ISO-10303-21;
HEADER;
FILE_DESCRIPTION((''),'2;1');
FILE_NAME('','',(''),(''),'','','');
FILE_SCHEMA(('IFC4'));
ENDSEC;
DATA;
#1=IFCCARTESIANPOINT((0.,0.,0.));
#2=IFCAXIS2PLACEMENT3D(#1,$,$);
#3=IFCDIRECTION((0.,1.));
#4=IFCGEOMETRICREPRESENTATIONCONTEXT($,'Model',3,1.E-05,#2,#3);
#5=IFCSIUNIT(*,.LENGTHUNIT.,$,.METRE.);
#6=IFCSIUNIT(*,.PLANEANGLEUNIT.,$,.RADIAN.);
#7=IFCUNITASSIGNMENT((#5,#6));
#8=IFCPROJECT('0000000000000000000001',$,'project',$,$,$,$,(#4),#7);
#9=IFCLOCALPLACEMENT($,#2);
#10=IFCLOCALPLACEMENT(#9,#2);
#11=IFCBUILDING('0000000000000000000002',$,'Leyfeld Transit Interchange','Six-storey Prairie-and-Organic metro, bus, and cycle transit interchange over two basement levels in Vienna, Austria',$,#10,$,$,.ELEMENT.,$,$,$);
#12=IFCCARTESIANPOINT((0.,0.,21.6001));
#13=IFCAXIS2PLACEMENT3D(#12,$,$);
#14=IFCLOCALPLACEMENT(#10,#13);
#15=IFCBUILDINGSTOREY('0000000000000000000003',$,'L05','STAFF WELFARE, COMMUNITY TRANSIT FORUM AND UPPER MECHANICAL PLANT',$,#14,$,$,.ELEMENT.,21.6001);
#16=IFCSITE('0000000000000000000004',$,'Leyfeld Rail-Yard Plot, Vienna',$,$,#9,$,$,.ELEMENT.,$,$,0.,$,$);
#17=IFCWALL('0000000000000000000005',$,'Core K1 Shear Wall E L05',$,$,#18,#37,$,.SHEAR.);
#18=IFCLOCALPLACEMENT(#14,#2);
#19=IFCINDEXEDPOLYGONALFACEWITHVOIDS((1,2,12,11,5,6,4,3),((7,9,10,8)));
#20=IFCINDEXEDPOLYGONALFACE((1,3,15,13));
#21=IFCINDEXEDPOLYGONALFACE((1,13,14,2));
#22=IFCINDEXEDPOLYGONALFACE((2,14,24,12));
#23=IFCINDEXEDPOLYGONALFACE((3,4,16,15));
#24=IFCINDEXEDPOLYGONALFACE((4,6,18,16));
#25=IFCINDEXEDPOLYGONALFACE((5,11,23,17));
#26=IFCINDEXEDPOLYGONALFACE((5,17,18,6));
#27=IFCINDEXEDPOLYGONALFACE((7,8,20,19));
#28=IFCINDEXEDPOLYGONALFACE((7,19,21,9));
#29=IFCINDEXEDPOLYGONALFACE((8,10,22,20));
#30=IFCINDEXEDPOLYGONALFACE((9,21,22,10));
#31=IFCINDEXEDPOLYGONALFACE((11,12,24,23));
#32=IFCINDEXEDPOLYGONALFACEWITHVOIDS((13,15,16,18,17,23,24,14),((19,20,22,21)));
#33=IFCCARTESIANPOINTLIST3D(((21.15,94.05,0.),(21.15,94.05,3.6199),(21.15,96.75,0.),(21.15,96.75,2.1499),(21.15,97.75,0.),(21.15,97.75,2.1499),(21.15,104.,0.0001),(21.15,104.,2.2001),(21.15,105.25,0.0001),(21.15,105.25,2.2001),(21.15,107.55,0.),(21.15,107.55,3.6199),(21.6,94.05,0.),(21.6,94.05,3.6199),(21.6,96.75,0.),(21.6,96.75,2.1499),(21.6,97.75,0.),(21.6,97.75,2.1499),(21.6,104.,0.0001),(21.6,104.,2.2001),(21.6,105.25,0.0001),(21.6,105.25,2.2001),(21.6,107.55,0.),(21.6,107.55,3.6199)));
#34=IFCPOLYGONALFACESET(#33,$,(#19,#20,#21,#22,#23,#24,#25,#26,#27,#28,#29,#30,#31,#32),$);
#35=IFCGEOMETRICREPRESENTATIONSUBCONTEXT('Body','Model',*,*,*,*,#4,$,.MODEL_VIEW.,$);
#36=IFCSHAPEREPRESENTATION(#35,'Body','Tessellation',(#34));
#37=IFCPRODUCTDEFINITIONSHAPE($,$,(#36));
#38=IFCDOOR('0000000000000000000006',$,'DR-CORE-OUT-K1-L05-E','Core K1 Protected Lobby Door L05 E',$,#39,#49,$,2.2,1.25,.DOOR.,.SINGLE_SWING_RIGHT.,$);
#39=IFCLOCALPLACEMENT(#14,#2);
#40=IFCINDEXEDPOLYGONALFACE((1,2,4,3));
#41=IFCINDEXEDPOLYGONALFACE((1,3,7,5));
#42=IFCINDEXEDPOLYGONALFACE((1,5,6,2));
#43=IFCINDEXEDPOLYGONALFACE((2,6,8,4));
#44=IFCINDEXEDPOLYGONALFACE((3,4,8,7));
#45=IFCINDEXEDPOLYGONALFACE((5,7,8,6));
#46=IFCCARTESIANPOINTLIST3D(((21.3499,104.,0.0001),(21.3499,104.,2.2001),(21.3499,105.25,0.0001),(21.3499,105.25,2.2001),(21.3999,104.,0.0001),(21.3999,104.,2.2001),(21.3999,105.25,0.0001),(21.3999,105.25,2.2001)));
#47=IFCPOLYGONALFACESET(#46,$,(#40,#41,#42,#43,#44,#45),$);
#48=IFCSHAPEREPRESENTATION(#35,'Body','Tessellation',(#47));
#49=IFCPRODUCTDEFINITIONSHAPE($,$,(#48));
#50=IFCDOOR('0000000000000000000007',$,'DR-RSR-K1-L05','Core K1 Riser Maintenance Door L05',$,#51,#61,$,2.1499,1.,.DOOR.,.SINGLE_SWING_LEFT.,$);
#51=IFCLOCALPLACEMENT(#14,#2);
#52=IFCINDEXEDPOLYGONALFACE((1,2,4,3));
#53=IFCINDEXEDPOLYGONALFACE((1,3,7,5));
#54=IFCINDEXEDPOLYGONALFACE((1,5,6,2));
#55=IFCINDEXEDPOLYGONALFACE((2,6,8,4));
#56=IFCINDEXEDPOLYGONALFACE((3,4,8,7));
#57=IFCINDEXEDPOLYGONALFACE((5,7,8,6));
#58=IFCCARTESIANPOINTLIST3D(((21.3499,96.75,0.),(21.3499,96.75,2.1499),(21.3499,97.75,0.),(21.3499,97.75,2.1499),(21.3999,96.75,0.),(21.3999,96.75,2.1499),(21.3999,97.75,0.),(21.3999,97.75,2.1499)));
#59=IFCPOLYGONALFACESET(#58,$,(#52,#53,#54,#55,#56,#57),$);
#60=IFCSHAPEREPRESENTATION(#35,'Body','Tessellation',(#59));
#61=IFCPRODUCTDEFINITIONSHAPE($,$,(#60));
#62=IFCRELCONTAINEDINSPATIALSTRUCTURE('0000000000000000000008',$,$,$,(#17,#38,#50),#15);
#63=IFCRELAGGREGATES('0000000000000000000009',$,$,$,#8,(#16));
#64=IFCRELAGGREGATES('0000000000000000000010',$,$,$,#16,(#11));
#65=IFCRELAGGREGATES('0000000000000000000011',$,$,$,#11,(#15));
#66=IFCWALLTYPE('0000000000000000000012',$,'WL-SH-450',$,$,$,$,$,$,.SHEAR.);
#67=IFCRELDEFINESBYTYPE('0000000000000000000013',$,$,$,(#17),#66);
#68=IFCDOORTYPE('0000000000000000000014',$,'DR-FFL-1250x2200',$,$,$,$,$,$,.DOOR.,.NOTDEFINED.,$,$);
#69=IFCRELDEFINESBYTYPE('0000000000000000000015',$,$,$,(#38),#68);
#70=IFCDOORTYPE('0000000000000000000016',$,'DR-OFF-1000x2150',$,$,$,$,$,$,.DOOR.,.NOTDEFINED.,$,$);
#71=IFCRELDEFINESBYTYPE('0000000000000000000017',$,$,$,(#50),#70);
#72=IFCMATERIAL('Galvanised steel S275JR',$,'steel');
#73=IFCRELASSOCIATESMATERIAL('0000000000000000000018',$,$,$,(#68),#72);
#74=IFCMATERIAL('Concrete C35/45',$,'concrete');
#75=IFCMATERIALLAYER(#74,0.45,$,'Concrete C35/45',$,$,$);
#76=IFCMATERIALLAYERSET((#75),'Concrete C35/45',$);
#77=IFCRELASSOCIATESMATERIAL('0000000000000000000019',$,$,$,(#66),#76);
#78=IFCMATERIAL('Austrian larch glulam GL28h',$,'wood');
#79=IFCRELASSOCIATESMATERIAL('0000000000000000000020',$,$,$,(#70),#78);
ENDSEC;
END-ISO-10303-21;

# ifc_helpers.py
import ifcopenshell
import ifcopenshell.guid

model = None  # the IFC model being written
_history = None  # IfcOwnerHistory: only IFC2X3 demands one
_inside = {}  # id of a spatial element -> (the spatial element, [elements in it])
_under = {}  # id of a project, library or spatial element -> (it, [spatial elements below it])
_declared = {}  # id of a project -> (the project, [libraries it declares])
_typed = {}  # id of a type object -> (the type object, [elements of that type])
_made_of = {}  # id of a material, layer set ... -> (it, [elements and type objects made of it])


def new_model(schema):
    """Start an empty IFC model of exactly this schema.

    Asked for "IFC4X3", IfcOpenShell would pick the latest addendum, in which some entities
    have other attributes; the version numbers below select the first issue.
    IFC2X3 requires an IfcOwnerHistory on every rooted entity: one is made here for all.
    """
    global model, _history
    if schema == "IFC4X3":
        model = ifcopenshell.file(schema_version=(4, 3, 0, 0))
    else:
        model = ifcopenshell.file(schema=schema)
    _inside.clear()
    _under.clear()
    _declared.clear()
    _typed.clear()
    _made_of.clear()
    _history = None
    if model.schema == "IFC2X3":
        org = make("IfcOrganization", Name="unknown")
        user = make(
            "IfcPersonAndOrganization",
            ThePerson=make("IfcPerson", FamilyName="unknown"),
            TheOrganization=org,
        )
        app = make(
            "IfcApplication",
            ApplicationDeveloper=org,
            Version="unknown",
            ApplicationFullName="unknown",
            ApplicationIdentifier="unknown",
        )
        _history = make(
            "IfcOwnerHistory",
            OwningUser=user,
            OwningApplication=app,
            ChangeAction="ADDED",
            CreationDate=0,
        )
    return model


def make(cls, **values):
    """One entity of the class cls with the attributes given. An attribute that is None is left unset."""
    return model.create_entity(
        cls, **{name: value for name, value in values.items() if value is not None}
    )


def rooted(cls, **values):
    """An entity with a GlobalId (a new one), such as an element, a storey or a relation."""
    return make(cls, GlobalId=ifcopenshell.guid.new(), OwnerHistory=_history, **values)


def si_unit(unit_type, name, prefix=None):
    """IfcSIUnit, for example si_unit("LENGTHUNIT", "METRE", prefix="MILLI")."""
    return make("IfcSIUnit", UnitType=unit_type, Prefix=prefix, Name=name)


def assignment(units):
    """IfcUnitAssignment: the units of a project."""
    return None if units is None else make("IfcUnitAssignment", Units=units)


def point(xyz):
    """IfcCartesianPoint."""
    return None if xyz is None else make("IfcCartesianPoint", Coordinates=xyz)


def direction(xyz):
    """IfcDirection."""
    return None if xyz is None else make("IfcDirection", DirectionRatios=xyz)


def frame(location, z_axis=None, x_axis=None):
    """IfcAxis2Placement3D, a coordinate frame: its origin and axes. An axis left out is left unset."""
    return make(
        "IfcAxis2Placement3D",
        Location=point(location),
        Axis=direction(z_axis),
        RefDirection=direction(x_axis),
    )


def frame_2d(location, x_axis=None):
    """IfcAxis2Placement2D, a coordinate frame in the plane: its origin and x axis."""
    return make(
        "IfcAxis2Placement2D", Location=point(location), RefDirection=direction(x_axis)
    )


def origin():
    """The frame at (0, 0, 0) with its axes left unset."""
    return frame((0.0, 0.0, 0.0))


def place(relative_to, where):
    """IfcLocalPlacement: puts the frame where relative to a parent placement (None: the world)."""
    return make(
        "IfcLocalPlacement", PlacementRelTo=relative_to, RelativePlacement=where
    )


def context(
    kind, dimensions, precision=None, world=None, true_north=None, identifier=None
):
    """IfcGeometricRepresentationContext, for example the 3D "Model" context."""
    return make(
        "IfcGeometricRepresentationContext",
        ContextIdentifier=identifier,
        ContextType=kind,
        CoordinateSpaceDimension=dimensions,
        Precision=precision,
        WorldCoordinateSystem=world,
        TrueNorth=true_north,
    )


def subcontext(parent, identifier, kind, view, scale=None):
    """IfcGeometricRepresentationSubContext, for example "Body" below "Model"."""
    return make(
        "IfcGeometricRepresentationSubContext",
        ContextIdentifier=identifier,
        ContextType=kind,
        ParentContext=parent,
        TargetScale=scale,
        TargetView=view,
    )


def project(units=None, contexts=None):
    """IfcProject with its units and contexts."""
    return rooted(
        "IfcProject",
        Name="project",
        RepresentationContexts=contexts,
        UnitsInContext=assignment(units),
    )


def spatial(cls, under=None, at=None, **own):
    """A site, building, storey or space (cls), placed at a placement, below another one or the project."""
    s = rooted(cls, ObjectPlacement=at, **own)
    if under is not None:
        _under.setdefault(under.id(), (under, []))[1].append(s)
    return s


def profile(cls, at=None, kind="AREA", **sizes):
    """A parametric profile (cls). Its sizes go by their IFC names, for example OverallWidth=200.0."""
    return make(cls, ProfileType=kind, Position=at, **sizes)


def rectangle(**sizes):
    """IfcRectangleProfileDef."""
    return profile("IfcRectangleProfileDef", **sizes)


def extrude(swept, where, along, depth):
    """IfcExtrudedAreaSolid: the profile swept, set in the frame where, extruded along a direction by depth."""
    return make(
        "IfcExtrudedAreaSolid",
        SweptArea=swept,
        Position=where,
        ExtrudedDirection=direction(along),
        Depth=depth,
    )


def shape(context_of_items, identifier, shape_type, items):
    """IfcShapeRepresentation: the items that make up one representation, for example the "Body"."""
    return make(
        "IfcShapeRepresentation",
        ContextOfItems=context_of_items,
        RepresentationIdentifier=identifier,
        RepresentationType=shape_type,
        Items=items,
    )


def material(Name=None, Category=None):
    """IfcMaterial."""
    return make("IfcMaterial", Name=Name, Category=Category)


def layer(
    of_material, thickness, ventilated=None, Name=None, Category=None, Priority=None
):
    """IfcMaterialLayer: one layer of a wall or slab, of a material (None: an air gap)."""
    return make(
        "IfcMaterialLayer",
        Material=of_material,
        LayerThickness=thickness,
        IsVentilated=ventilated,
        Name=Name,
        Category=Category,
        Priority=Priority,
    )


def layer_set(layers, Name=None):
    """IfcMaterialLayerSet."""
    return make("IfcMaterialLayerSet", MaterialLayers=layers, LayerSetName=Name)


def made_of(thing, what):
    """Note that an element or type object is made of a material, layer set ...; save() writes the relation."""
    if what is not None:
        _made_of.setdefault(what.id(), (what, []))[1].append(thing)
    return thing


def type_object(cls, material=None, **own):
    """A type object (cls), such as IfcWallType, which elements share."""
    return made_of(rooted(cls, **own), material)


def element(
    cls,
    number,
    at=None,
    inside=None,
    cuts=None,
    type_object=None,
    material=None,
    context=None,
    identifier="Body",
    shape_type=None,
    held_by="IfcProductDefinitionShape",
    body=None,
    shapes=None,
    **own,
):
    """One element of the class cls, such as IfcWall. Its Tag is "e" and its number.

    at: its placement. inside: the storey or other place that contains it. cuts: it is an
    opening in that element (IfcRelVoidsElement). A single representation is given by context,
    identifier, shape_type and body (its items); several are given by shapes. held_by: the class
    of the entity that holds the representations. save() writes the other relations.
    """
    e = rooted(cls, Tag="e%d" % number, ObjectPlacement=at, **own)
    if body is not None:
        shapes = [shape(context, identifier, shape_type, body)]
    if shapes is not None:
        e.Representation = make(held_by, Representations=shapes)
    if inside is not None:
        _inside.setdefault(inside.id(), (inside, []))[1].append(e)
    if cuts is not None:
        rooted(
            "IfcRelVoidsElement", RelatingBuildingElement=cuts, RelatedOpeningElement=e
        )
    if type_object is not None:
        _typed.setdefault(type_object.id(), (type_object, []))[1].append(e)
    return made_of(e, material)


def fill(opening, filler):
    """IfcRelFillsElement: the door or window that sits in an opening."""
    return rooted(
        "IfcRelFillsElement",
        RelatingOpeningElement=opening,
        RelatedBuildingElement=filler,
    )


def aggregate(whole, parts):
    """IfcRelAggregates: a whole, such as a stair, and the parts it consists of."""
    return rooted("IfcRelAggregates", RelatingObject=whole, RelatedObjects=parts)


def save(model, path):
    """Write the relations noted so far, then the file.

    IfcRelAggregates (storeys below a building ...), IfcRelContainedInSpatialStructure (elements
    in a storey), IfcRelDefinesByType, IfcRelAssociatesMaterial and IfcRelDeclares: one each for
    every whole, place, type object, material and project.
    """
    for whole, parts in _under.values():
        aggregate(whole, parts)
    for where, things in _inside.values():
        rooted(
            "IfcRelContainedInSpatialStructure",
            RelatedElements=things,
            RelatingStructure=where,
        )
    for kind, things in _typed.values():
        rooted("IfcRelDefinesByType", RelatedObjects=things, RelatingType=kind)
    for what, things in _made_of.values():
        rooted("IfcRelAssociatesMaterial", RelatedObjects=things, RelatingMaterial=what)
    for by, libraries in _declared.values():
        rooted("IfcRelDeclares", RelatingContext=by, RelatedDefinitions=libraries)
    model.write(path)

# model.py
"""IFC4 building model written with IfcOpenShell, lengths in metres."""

from ifc_helpers import new_model, si_unit, direction, frame, frame_2d, origin, place, context, subcontext, project, spatial, rectangle, extrude, material, layer, layer_set, type_object, element, fill, save


model = new_model("IFC4")

# Units and contexts
model_context = context("Model", 3, precision=1e-05, world=origin(), true_north=direction((0.0, 1.0)))
body_context = subcontext(model_context, "Body", "Model", "MODEL_VIEW")
ifc_project = project(units=[si_unit("LENGTHUNIT", "METRE"), si_unit("PLANEANGLEUNIT", "RADIAN")], contexts=[model_context])

# Site, building, storey
site_placement = place(None, origin())
site = spatial("IfcSite", under=ifc_project, at=site_placement, Name="Leyfeld Rail-Yard Plot, Vienna", CompositionType="ELEMENT", RefElevation=0.0)
building_placement = place(site_placement, origin())
building = spatial("IfcBuilding", under=site, at=building_placement, Name="Leyfeld Transit Interchange", Description="Six-storey Prairie-and-Organic metro, bus, and cycle transit interchange over two basement levels in Vienna, Austria", CompositionType="ELEMENT")
storey_placement = place(building_placement, frame((0.0, 0.0, 21.6001)))
storey = spatial("IfcBuildingStorey", under=building, at=storey_placement, Name="L05", Description="STAFF WELFARE, COMMUNITY TRANSIT FORUM AND UPPER MECHANICAL PLANT", CompositionType="ELEMENT", Elevation=21.6001)

# Shared definitions
ifc_material_1 = material(Name="Austrian larch glulam GL28h", Category="wood")

# Shared definitions
ifc_material_2 = material(Name="Concrete C35/45", Category="concrete")

# Shared definitions
ifc_material_3 = material(Name="Galvanised steel S275JR", Category="steel")
door_type_1 = type_object("IfcDoorType", Name="DR-FFL-1250x2200", OperationType="NOTDEFINED", PredefinedType="DOOR", material=ifc_material_3)

# Wall, openings, doors
ifc_layer_1 = layer(ifc_material_2, 0.45, Name="Concrete C35/45")
ifc_layer_set_1 = layer_set([ifc_layer_1], Name="Concrete C35/45")
wall_type_1 = type_object("IfcWallType", Name="WL-SH-450", PredefinedType="SHEAR", material=ifc_layer_set_1)
wall_1_placement = place(storey_placement, frame((21.375, 107.55, 0.0), z_axis=(0.0, 0.0, 1.0), x_axis=(0.0, -1.0, 0.0)))
wall_1 = element("IfcWall", 1, at=wall_1_placement, inside=storey, type_object=wall_type_1, Name="Core K1 Shear Wall E L05", PredefinedType="SHEAR", context=body_context, shape_type="SweptSolid", body=[
    extrude(rectangle(XDim=13.5, YDim=0.45, at=frame_2d((6.75, 0.0))), origin(), (0.0, 0.0, 1.0), 3.6199),
])
opening_1_placement = place(wall_1_placement, frame((9.8, 0.0, 0.0)))
opening_1 = element("IfcOpeningElement", 2, at=opening_1_placement, cuts=wall_1, PredefinedType="OPENING", context=body_context, shape_type="SweptSolid", body=[
    extrude(rectangle(XDim=1.0, YDim=2.1499, at=frame_2d((0.5, 1.075))), frame((0.0, 0.2349, 0.0), z_axis=(0.0, -1.0, 0.0), x_axis=(1.0, 0.0, 0.0)), (0.0, 0.0, 1.0), 0.47),
])
opening_2_placement = place(wall_1_placement, frame((2.3, 0.0, 0.0)))
opening_2 = element("IfcOpeningElement", 3, at=opening_2_placement, cuts=wall_1, PredefinedType="OPENING", context=body_context, shape_type="SweptSolid", body=[
    extrude(rectangle(XDim=1.25, YDim=2.2, at=frame_2d((0.625, 1.1001))), frame((0.0, 0.2349, 0.0), z_axis=(0.0, -1.0, 0.0), x_axis=(1.0, 0.0, 0.0)), (0.0, 0.0, 1.0), 0.47),
])
door_1_placement = place(opening_2_placement, origin())
door_1 = element("IfcDoor", 4, at=door_1_placement, inside=storey, type_object=door_type_1, Name="DR-CORE-OUT-K1-L05-E", Description="Core K1 Protected Lobby Door L05 E", OperationType="SINGLE_SWING_RIGHT", OverallHeight=2.2, OverallWidth=1.25, PredefinedType="DOOR", context=body_context, shape_type="SweptSolid", body=[
    extrude(rectangle(XDim=1.25, YDim=2.2, at=frame_2d((0.625, 1.1001))), frame((0.0, 0.0249, 0.0), z_axis=(0.0, -1.0, 0.0), x_axis=(1.0, 0.0, 0.0)), (0.0, 0.0, 1.0), 0.05),
])
fill(opening_2, door_1)
door_type_2 = type_object("IfcDoorType", Name="DR-OFF-1000x2150", OperationType="NOTDEFINED", PredefinedType="DOOR", material=ifc_material_1)
door_2_placement = place(opening_1_placement, origin())
door_2 = element("IfcDoor", 5, at=door_2_placement, inside=storey, type_object=door_type_2, Name="DR-RSR-K1-L05", Description="Core K1 Riser Maintenance Door L05", OperationType="SINGLE_SWING_LEFT", OverallHeight=2.1499, OverallWidth=1.0, PredefinedType="DOOR", context=body_context, shape_type="SweptSolid", body=[
    extrude(rectangle(XDim=1.0, YDim=2.1499, at=frame_2d((0.5, 1.075))), frame((0.0, 0.0249, 0.0), z_axis=(0.0, -1.0, 0.0), x_axis=(1.0, 0.0, 0.0)), (0.0, 0.0, 1.0), 0.05),
])
fill(opening_1, door_2)

save(model, "model.ifc")
